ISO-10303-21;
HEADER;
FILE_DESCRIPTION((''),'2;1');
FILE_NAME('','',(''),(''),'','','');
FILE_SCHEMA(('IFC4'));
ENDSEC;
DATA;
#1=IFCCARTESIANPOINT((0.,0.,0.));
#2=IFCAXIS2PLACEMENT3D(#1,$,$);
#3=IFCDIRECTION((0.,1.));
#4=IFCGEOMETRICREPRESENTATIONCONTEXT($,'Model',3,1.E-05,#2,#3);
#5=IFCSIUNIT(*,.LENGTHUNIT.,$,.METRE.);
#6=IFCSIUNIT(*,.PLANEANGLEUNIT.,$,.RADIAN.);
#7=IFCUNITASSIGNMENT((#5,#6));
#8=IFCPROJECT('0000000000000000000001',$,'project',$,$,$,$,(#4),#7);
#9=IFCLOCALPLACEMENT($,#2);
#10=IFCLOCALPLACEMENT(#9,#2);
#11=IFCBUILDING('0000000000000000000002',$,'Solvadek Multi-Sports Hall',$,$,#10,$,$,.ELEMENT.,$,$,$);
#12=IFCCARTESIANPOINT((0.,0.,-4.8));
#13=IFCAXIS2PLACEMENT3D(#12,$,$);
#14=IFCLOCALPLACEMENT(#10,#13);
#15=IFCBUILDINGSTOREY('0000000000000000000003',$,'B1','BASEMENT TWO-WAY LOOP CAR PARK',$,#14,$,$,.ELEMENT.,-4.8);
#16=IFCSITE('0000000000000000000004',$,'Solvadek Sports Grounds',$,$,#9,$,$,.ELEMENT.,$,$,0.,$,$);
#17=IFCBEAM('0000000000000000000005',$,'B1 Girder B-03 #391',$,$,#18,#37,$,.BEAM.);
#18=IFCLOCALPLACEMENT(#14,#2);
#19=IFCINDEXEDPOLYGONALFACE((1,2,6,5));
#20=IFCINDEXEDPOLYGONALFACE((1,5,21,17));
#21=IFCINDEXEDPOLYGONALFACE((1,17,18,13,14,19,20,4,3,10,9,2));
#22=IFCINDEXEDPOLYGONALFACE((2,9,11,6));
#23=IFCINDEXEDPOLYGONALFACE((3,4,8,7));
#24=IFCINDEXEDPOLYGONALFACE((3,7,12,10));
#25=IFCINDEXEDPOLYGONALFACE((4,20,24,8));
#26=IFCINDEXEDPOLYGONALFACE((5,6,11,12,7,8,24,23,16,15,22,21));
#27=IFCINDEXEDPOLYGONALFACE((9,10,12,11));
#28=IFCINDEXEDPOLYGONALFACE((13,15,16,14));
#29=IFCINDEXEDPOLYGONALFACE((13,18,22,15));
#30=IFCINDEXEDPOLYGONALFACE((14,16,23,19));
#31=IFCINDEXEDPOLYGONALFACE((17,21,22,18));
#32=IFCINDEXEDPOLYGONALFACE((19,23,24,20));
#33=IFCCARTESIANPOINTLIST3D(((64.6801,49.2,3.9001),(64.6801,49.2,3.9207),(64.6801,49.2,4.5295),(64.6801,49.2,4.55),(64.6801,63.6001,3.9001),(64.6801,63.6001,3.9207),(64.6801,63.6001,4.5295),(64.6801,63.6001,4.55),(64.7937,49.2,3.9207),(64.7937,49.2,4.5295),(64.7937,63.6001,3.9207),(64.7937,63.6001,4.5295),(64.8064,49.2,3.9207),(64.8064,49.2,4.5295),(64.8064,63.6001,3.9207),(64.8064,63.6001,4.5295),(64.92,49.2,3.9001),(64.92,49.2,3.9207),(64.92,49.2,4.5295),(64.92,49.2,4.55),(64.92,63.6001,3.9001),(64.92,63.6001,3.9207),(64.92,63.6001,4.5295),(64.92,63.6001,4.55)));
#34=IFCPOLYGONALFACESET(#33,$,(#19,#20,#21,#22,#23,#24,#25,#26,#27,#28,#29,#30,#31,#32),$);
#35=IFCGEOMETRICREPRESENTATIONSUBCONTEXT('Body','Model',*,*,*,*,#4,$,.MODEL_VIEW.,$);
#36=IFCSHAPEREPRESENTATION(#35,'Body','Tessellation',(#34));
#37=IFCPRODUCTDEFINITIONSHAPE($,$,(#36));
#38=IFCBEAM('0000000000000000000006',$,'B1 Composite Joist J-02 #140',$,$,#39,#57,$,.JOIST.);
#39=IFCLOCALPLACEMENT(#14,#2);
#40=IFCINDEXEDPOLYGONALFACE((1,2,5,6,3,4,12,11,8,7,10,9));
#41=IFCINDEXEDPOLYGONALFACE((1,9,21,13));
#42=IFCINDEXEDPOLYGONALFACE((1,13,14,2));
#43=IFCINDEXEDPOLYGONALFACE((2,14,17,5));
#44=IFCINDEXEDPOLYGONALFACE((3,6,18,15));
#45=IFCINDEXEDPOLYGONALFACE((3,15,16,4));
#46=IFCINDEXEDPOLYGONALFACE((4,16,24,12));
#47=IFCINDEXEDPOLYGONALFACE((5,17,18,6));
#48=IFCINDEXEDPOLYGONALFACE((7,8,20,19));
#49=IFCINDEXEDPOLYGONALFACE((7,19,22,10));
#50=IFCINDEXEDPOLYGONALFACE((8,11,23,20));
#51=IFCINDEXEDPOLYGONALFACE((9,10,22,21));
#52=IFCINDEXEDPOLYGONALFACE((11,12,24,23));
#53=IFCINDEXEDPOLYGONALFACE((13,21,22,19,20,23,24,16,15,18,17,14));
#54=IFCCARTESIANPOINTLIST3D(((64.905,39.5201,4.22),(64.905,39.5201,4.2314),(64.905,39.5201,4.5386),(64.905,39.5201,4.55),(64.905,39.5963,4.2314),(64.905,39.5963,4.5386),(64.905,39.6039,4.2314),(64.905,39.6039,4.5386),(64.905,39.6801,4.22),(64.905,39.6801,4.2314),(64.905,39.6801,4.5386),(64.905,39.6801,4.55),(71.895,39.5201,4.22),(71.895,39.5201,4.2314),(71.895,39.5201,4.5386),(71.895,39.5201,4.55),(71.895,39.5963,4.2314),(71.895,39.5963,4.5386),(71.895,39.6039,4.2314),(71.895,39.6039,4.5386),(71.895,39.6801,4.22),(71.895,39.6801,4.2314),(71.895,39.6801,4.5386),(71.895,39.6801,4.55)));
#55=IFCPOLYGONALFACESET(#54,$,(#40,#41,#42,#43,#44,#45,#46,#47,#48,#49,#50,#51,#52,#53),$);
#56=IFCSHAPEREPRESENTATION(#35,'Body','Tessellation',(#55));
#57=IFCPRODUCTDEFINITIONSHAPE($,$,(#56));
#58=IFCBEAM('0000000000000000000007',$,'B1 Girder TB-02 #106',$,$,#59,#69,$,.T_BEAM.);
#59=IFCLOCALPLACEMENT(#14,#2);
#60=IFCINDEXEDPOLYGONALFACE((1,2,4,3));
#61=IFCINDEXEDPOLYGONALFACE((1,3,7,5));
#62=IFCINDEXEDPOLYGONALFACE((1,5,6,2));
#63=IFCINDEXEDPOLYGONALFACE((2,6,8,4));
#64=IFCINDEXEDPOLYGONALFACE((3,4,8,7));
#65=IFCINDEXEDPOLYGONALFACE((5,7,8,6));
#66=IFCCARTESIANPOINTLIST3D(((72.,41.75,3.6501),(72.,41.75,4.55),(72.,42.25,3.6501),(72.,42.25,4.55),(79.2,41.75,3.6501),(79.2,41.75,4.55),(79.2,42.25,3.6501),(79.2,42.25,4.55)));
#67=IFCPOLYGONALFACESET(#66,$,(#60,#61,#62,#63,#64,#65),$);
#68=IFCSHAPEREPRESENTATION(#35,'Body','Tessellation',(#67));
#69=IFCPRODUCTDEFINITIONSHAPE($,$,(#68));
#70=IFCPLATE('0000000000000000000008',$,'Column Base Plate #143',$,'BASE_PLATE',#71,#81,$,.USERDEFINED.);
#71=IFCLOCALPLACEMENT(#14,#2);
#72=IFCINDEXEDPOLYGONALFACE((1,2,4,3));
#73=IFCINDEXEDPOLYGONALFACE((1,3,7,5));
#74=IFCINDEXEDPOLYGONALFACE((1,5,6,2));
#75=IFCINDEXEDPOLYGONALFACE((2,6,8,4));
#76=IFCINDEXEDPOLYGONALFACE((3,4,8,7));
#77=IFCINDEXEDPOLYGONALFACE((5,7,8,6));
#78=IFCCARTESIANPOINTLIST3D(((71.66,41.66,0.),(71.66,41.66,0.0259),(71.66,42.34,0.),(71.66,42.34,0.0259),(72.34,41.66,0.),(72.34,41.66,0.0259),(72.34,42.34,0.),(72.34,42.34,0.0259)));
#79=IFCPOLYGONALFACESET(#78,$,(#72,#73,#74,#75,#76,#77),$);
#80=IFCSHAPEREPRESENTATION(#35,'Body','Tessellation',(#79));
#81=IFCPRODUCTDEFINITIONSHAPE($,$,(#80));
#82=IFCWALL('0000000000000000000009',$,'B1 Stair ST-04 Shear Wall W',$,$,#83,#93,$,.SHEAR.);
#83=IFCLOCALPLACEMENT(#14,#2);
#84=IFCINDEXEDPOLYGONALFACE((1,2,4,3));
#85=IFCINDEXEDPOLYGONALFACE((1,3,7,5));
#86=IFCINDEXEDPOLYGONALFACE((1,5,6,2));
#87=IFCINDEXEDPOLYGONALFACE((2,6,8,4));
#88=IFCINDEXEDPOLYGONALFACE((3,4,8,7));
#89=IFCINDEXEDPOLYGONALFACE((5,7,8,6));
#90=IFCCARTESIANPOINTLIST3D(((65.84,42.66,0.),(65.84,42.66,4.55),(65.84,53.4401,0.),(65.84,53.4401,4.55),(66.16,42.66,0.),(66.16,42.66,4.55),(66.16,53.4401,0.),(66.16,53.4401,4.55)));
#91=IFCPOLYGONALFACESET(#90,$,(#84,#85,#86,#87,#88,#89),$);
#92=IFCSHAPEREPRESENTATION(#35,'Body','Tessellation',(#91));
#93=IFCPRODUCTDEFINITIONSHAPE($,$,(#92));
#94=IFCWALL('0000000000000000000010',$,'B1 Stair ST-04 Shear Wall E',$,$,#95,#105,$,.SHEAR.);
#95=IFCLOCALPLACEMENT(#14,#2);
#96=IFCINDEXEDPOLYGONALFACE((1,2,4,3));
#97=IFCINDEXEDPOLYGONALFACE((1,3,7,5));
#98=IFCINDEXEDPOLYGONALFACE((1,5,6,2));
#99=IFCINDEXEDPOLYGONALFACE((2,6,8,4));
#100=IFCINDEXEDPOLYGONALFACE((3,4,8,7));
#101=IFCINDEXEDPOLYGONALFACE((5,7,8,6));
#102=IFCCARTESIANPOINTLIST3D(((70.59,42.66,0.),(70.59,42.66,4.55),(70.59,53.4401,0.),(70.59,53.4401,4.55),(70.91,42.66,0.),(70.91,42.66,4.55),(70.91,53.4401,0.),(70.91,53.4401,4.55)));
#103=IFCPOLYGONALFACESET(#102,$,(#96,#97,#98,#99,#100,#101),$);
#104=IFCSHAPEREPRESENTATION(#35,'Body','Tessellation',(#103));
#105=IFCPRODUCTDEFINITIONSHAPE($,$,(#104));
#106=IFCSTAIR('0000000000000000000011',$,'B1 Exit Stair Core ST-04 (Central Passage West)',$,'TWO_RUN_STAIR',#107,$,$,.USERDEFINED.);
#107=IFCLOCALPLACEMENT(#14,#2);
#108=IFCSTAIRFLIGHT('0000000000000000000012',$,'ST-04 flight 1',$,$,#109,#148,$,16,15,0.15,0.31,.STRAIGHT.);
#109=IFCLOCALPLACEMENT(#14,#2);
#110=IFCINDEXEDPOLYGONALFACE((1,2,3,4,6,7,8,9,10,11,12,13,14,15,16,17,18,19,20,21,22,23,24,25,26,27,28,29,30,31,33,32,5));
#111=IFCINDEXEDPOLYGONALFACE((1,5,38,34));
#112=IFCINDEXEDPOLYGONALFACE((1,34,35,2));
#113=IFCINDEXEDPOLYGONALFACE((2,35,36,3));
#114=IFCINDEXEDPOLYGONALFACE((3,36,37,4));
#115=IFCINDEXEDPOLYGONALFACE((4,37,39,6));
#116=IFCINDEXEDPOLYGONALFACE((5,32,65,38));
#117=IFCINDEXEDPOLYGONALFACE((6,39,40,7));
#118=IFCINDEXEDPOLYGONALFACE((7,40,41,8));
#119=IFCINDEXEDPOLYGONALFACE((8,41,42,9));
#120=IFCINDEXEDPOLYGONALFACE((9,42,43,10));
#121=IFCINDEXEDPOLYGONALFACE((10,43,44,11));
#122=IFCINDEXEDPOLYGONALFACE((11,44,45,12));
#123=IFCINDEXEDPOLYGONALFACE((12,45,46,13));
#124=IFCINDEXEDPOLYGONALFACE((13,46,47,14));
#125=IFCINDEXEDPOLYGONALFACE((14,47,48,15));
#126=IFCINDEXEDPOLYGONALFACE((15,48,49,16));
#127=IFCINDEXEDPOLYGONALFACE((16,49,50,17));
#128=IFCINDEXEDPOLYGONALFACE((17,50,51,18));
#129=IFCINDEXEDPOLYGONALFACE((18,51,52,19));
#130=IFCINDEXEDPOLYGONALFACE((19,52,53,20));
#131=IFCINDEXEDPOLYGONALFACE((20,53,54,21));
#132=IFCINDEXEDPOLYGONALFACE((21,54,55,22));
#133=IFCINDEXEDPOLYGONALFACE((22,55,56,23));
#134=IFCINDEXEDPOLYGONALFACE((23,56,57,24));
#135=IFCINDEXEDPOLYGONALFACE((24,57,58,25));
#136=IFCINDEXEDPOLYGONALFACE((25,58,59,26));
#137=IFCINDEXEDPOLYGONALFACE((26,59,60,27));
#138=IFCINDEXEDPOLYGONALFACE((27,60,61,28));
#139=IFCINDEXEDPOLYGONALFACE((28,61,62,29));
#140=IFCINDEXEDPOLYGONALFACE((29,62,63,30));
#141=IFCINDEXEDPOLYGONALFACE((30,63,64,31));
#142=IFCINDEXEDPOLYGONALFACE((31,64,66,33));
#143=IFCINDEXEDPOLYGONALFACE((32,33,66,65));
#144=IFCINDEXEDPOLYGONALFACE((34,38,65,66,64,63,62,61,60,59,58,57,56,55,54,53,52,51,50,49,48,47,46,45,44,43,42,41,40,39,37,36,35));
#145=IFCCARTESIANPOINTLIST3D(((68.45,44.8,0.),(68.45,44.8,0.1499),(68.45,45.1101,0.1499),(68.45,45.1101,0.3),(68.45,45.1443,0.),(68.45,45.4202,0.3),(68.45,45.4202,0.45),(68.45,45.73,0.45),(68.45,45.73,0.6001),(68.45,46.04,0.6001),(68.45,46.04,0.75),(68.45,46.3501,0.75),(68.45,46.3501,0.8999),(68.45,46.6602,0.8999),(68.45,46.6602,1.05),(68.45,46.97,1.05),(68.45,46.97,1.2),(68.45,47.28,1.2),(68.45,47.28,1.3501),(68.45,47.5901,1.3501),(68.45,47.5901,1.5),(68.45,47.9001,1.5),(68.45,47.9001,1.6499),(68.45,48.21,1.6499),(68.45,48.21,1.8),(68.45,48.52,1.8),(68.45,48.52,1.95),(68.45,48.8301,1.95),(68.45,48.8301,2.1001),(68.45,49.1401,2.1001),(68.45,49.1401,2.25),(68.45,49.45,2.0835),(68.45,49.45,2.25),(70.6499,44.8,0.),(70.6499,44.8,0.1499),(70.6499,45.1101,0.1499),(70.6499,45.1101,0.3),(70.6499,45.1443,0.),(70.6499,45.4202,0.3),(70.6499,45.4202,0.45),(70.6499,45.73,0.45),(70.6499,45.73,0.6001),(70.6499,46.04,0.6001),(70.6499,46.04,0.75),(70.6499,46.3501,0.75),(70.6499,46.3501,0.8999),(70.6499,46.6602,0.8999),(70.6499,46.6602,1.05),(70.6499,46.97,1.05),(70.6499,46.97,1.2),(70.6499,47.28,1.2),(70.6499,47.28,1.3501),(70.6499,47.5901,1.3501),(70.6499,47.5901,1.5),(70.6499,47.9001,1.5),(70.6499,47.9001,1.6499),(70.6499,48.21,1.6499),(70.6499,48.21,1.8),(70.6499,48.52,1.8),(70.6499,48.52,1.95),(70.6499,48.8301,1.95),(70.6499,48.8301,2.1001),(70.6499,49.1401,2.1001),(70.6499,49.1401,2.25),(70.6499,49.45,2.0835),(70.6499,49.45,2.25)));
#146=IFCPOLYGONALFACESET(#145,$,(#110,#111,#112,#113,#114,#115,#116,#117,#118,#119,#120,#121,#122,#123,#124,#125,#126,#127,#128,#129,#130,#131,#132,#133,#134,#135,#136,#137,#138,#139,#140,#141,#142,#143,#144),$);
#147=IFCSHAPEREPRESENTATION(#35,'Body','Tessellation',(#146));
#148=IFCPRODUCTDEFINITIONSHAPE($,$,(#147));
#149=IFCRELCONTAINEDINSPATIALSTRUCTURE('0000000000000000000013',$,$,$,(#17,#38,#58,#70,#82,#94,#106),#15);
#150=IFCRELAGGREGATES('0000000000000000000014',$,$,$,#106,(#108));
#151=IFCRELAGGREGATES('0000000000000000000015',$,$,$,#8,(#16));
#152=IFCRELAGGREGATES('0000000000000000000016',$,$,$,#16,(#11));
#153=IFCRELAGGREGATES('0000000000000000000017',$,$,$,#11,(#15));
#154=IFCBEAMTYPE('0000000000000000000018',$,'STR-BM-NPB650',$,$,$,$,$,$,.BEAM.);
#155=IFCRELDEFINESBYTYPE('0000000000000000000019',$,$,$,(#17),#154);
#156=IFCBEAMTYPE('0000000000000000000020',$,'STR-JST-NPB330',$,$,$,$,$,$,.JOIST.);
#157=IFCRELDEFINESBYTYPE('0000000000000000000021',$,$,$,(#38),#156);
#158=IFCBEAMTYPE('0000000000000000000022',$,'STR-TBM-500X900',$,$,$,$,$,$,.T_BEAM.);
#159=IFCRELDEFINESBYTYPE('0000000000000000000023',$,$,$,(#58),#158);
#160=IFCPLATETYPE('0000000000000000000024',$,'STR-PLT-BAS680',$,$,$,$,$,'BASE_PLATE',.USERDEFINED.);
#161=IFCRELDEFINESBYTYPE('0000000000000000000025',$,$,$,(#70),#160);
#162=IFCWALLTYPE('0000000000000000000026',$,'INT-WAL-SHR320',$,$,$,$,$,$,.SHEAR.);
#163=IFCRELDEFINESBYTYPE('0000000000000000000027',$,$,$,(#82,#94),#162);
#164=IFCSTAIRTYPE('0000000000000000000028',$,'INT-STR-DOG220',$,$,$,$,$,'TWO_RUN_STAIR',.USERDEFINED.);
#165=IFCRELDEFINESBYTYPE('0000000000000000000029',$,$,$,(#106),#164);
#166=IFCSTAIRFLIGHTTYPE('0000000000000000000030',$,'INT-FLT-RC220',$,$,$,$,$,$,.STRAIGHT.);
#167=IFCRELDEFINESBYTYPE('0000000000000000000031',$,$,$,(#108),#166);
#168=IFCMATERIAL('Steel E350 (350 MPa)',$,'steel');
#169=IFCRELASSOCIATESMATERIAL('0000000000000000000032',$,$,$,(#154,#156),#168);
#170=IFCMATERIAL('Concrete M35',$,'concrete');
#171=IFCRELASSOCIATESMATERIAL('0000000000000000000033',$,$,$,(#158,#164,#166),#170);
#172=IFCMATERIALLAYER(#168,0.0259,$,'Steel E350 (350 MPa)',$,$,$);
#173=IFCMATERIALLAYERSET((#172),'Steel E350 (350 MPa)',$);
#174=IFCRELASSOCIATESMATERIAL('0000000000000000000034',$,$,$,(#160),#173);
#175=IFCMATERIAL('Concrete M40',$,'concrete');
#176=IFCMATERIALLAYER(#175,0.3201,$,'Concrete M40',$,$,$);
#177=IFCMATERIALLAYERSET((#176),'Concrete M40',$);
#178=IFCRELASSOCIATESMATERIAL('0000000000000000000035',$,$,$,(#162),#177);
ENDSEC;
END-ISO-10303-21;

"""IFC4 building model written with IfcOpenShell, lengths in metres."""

from ifc_helpers import new_model, si_unit, direction, frame, frame_2d, origin, origin_2d, place, context, subcontext, project, spatial, polyline, rectangle, i_section, outline, extrude, material, layer, layer_set, material_profile, profile_set, type_object, element, aggregate, save


model = new_model("IFC4")

# Units and contexts
model_context = context("Model", 3, precision=1e-05, world=origin(), true_north=direction((0.0, 1.0)))
body_context = subcontext(model_context, "Body", "Model", "MODEL_VIEW")
ifc_project = project(units=[si_unit("LENGTHUNIT", "METRE"), si_unit("PLANEANGLEUNIT", "RADIAN")], contexts=[model_context])

# Site, building, storey
site_placement = place(None, origin())
site = spatial("IfcSite", under=ifc_project, at=site_placement, Name="Solvadek Sports Grounds", CompositionType="ELEMENT", RefElevation=0.0)
building_placement = place(site_placement, origin())
building = spatial("IfcBuilding", under=site, at=building_placement, Name="Solvadek Multi-Sports Hall", CompositionType="ELEMENT")
storey_placement = place(building_placement, frame((0.0, 0.0, -4.8)))
storey = spatial("IfcBuildingStorey", under=building, at=storey_placement, Name="B1", Description="BASEMENT TWO-WAY LOOP CAR PARK", CompositionType="ELEMENT", Elevation=-4.8)

# Shared definitions
ifc_material_1 = material(Name="Concrete M40", Category="concrete")

# Shared definitions
ifc_material_2 = material(Name="Concrete M35", Category="concrete")

# Shared definitions
ifc_material_3 = material(Name="Steel E350 (350 MPa)", Category="steel")

# Beams
ifc_material_profile_1 = material_profile(ifc_material_3, i_section(OverallWidth=0.24, OverallDepth=0.6499, WebThickness=0.0127, FlangeThickness=0.0205, at=origin_2d()), Name="NPB 650")
ifc_profile_set_1 = profile_set([ifc_material_profile_1], Name="Steel E350 (350 MPa)")
beam_type_1 = type_object("IfcBeamType", Name="STR-BM-NPB650", PredefinedType="BEAM", material=ifc_profile_set_1)
beam_1_placement = place(storey_placement, frame((64.8, 49.2, 4.2251), z_axis=(0.0, 1.0, 0.0), x_axis=(-1.0, 0.0, 0.0)))
element("IfcBeam", 1, at=beam_1_placement, inside=storey, type_object=beam_type_1, Name="B1 Girder B-03 #391", PredefinedType="BEAM", context=body_context, shape_type="SweptSolid", body=[
    extrude(i_section(OverallWidth=0.24, OverallDepth=0.6499, WebThickness=0.0127, FlangeThickness=0.0205, at=origin_2d()), origin(), (0.0, 0.0, 1.0), 14.4001),
])
ifc_material_profile_2 = material_profile(ifc_material_3, i_section(OverallWidth=0.1599, OverallDepth=0.3301, WebThickness=0.0076, FlangeThickness=0.0115, at=origin_2d()), Name="NPB 330")
ifc_profile_set_2 = profile_set([ifc_material_profile_2], Name="Steel E350 (350 MPa)")
beam_type_2 = type_object("IfcBeamType", Name="STR-JST-NPB330", PredefinedType="JOIST", material=ifc_profile_set_2)
beam_2_placement = place(storey_placement, frame((64.905, 39.6001, 4.385), z_axis=(1.0, 0.0, 0.0), x_axis=(0.0, 1.0, 0.0)))
element("IfcBeam", 2, at=beam_2_placement, inside=storey, type_object=beam_type_2, Name="B1 Composite Joist J-02 #140", PredefinedType="JOIST", context=body_context, shape_type="SweptSolid", body=[
    extrude(i_section(OverallWidth=0.1599, OverallDepth=0.3301, WebThickness=0.0076, FlangeThickness=0.0115, at=origin_2d()), origin(), (0.0, 0.0, 1.0), 6.99),
])
ifc_material_profile_3 = material_profile(ifc_material_2, rectangle(XDim=0.5, YDim=0.8999, at=origin_2d()), Name="RC T-BEAM 500x900")
ifc_profile_set_3 = profile_set([ifc_material_profile_3], Name="Concrete M35")
beam_type_3 = type_object("IfcBeamType", Name="STR-TBM-500X900", PredefinedType="T_BEAM", material=ifc_profile_set_3)
beam_3_placement = place(storey_placement, frame((72.0, 42.0, 4.1001), z_axis=(1.0, 0.0, 0.0), x_axis=(0.0, 1.0, 0.0)))
element("IfcBeam", 3, at=beam_3_placement, inside=storey, type_object=beam_type_3, Name="B1 Girder TB-02 #106", PredefinedType="T_BEAM", context=body_context, shape_type="SweptSolid", body=[
    extrude(rectangle(XDim=0.5, YDim=0.8999, at=origin_2d()), origin(), (0.0, 0.0, 1.0), 7.2),
])

# Plate
ifc_layer_1 = layer(ifc_material_3, 0.0259, Name="Steel E350 (350 MPa)")
ifc_layer_set_1 = layer_set([ifc_layer_1], Name="Steel E350 (350 MPa)")
plate_type = type_object("IfcPlateType", Name="STR-PLT-BAS680", ElementType="BASE_PLATE", PredefinedType="USERDEFINED", material=ifc_layer_set_1)
plate_placement = place(storey_placement, frame((72.0, 42.0, 0.0), z_axis=(0.0, 0.0, 1.0), x_axis=(1.0, 0.0, 0.0)))
element("IfcPlate", 4, at=plate_placement, inside=storey, type_object=plate_type, Name="Column Base Plate #143", ObjectType="BASE_PLATE", PredefinedType="USERDEFINED", context=body_context, shape_type="SweptSolid", body=[
    extrude(rectangle(XDim=0.6799, YDim=0.6799, at=origin_2d()), origin(), (0.0, 0.0, 1.0), 0.0259),
])

# Shared definitions
ifc_layer_2 = layer(ifc_material_1, 0.3201, Name="Concrete M40")
ifc_layer_set_2 = layer_set([ifc_layer_2], Name="Concrete M40")
wall_type = type_object("IfcWallType", Name="INT-WAL-SHR320", PredefinedType="SHEAR", material=ifc_layer_set_2)

# Walls
for number, where, z_axis, x_axis, name in (
    (5, (66.0, 42.6599, 0.0), (0.0, 0.0, 1.0), (0.0, 1.0, 0.0), "B1 Stair ST-04 Shear Wall W"),
    (6, (70.75, 42.6599, 0.0), (0.0, 0.0, 1.0), (0.0, 1.0, 0.0), "B1 Stair ST-04 Shear Wall E"),
):
    element("IfcWall", number, at=place(storey_placement, frame(where, z_axis=z_axis, x_axis=x_axis)), inside=storey, type_object=wall_type, Name=name, PredefinedType="SHEAR", context=body_context, shape_type="SweptSolid", body=[
        extrude(rectangle(XDim=10.78, YDim=0.3201, at=frame_2d((5.3901, 0.0))), origin(), (0.0, 0.0, 1.0), 4.55),
    ])

# Stair, stair flight
stair_type = type_object("IfcStairType", Name="INT-STR-DOG220", ElementType="TWO_RUN_STAIR", PredefinedType="USERDEFINED", material=ifc_material_2)
stair_placement = place(storey_placement, origin())
stair = element("IfcStair", 7, at=stair_placement, inside=storey, type_object=stair_type, Name="B1 Exit Stair Core ST-04 (Central Passage West)", ObjectType="TWO_RUN_STAIR", PredefinedType="USERDEFINED")
stair_flight_type = type_object("IfcStairFlightType", Name="INT-FLT-RC220", PredefinedType="STRAIGHT", material=ifc_material_2)
stair_flight_1_placement = place(storey_placement, frame((69.55, 44.8, 0.0), z_axis=(0.0, 0.0, 1.0), x_axis=(0.0, 1.0, 0.0)))
stair_flight_1 = element("IfcStairFlight", 8, at=stair_flight_1_placement, type_object=stair_flight_type, Name="ST-04 flight 1", NumberOfRisers=16, NumberOfTreads=15, PredefinedType="STRAIGHT", RiserHeight=0.15, TreadLength=0.31, context=body_context, shape_type="SweptSolid", body=[
    extrude(outline(polyline([(0.0, 0.0), (0.0, 0.1499), (0.3101, 0.1499), (0.3101, 0.3), (0.6201, 0.3), (0.6201, 0.45), (0.9299, 0.45), (0.9299, 0.6001), (1.24, 0.6001), (1.24, 0.75), (1.55, 0.75), (1.55, 0.8999), (1.8601, 0.8999), (1.8601, 1.05), (2.1699, 1.05), (2.1699, 1.2), (2.48, 1.2), (2.48, 1.3501), (2.79, 1.3501), (2.79, 1.5), (3.1001, 1.5), (3.1001, 1.6499), (3.4099, 1.6499), (3.4099, 1.8), (3.72, 1.8), (3.72, 1.95), (4.03, 1.95), (4.03, 2.1001), (4.3401, 2.1001), (4.3401, 2.25), (4.6499, 2.25), (4.6499, 2.3999), (4.6499, 2.0835), (0.3442, 0.0), (0.0, 0.0)])), frame((0.0, 1.1001, 0.0), z_axis=(0.0, -1.0, 0.0), x_axis=(1.0, 0.0, 0.0)), (0.0, 0.0, 1.0), 2.2),
])
aggregate(stair, [stair_flight_1])

save(model, "model.ifc")
